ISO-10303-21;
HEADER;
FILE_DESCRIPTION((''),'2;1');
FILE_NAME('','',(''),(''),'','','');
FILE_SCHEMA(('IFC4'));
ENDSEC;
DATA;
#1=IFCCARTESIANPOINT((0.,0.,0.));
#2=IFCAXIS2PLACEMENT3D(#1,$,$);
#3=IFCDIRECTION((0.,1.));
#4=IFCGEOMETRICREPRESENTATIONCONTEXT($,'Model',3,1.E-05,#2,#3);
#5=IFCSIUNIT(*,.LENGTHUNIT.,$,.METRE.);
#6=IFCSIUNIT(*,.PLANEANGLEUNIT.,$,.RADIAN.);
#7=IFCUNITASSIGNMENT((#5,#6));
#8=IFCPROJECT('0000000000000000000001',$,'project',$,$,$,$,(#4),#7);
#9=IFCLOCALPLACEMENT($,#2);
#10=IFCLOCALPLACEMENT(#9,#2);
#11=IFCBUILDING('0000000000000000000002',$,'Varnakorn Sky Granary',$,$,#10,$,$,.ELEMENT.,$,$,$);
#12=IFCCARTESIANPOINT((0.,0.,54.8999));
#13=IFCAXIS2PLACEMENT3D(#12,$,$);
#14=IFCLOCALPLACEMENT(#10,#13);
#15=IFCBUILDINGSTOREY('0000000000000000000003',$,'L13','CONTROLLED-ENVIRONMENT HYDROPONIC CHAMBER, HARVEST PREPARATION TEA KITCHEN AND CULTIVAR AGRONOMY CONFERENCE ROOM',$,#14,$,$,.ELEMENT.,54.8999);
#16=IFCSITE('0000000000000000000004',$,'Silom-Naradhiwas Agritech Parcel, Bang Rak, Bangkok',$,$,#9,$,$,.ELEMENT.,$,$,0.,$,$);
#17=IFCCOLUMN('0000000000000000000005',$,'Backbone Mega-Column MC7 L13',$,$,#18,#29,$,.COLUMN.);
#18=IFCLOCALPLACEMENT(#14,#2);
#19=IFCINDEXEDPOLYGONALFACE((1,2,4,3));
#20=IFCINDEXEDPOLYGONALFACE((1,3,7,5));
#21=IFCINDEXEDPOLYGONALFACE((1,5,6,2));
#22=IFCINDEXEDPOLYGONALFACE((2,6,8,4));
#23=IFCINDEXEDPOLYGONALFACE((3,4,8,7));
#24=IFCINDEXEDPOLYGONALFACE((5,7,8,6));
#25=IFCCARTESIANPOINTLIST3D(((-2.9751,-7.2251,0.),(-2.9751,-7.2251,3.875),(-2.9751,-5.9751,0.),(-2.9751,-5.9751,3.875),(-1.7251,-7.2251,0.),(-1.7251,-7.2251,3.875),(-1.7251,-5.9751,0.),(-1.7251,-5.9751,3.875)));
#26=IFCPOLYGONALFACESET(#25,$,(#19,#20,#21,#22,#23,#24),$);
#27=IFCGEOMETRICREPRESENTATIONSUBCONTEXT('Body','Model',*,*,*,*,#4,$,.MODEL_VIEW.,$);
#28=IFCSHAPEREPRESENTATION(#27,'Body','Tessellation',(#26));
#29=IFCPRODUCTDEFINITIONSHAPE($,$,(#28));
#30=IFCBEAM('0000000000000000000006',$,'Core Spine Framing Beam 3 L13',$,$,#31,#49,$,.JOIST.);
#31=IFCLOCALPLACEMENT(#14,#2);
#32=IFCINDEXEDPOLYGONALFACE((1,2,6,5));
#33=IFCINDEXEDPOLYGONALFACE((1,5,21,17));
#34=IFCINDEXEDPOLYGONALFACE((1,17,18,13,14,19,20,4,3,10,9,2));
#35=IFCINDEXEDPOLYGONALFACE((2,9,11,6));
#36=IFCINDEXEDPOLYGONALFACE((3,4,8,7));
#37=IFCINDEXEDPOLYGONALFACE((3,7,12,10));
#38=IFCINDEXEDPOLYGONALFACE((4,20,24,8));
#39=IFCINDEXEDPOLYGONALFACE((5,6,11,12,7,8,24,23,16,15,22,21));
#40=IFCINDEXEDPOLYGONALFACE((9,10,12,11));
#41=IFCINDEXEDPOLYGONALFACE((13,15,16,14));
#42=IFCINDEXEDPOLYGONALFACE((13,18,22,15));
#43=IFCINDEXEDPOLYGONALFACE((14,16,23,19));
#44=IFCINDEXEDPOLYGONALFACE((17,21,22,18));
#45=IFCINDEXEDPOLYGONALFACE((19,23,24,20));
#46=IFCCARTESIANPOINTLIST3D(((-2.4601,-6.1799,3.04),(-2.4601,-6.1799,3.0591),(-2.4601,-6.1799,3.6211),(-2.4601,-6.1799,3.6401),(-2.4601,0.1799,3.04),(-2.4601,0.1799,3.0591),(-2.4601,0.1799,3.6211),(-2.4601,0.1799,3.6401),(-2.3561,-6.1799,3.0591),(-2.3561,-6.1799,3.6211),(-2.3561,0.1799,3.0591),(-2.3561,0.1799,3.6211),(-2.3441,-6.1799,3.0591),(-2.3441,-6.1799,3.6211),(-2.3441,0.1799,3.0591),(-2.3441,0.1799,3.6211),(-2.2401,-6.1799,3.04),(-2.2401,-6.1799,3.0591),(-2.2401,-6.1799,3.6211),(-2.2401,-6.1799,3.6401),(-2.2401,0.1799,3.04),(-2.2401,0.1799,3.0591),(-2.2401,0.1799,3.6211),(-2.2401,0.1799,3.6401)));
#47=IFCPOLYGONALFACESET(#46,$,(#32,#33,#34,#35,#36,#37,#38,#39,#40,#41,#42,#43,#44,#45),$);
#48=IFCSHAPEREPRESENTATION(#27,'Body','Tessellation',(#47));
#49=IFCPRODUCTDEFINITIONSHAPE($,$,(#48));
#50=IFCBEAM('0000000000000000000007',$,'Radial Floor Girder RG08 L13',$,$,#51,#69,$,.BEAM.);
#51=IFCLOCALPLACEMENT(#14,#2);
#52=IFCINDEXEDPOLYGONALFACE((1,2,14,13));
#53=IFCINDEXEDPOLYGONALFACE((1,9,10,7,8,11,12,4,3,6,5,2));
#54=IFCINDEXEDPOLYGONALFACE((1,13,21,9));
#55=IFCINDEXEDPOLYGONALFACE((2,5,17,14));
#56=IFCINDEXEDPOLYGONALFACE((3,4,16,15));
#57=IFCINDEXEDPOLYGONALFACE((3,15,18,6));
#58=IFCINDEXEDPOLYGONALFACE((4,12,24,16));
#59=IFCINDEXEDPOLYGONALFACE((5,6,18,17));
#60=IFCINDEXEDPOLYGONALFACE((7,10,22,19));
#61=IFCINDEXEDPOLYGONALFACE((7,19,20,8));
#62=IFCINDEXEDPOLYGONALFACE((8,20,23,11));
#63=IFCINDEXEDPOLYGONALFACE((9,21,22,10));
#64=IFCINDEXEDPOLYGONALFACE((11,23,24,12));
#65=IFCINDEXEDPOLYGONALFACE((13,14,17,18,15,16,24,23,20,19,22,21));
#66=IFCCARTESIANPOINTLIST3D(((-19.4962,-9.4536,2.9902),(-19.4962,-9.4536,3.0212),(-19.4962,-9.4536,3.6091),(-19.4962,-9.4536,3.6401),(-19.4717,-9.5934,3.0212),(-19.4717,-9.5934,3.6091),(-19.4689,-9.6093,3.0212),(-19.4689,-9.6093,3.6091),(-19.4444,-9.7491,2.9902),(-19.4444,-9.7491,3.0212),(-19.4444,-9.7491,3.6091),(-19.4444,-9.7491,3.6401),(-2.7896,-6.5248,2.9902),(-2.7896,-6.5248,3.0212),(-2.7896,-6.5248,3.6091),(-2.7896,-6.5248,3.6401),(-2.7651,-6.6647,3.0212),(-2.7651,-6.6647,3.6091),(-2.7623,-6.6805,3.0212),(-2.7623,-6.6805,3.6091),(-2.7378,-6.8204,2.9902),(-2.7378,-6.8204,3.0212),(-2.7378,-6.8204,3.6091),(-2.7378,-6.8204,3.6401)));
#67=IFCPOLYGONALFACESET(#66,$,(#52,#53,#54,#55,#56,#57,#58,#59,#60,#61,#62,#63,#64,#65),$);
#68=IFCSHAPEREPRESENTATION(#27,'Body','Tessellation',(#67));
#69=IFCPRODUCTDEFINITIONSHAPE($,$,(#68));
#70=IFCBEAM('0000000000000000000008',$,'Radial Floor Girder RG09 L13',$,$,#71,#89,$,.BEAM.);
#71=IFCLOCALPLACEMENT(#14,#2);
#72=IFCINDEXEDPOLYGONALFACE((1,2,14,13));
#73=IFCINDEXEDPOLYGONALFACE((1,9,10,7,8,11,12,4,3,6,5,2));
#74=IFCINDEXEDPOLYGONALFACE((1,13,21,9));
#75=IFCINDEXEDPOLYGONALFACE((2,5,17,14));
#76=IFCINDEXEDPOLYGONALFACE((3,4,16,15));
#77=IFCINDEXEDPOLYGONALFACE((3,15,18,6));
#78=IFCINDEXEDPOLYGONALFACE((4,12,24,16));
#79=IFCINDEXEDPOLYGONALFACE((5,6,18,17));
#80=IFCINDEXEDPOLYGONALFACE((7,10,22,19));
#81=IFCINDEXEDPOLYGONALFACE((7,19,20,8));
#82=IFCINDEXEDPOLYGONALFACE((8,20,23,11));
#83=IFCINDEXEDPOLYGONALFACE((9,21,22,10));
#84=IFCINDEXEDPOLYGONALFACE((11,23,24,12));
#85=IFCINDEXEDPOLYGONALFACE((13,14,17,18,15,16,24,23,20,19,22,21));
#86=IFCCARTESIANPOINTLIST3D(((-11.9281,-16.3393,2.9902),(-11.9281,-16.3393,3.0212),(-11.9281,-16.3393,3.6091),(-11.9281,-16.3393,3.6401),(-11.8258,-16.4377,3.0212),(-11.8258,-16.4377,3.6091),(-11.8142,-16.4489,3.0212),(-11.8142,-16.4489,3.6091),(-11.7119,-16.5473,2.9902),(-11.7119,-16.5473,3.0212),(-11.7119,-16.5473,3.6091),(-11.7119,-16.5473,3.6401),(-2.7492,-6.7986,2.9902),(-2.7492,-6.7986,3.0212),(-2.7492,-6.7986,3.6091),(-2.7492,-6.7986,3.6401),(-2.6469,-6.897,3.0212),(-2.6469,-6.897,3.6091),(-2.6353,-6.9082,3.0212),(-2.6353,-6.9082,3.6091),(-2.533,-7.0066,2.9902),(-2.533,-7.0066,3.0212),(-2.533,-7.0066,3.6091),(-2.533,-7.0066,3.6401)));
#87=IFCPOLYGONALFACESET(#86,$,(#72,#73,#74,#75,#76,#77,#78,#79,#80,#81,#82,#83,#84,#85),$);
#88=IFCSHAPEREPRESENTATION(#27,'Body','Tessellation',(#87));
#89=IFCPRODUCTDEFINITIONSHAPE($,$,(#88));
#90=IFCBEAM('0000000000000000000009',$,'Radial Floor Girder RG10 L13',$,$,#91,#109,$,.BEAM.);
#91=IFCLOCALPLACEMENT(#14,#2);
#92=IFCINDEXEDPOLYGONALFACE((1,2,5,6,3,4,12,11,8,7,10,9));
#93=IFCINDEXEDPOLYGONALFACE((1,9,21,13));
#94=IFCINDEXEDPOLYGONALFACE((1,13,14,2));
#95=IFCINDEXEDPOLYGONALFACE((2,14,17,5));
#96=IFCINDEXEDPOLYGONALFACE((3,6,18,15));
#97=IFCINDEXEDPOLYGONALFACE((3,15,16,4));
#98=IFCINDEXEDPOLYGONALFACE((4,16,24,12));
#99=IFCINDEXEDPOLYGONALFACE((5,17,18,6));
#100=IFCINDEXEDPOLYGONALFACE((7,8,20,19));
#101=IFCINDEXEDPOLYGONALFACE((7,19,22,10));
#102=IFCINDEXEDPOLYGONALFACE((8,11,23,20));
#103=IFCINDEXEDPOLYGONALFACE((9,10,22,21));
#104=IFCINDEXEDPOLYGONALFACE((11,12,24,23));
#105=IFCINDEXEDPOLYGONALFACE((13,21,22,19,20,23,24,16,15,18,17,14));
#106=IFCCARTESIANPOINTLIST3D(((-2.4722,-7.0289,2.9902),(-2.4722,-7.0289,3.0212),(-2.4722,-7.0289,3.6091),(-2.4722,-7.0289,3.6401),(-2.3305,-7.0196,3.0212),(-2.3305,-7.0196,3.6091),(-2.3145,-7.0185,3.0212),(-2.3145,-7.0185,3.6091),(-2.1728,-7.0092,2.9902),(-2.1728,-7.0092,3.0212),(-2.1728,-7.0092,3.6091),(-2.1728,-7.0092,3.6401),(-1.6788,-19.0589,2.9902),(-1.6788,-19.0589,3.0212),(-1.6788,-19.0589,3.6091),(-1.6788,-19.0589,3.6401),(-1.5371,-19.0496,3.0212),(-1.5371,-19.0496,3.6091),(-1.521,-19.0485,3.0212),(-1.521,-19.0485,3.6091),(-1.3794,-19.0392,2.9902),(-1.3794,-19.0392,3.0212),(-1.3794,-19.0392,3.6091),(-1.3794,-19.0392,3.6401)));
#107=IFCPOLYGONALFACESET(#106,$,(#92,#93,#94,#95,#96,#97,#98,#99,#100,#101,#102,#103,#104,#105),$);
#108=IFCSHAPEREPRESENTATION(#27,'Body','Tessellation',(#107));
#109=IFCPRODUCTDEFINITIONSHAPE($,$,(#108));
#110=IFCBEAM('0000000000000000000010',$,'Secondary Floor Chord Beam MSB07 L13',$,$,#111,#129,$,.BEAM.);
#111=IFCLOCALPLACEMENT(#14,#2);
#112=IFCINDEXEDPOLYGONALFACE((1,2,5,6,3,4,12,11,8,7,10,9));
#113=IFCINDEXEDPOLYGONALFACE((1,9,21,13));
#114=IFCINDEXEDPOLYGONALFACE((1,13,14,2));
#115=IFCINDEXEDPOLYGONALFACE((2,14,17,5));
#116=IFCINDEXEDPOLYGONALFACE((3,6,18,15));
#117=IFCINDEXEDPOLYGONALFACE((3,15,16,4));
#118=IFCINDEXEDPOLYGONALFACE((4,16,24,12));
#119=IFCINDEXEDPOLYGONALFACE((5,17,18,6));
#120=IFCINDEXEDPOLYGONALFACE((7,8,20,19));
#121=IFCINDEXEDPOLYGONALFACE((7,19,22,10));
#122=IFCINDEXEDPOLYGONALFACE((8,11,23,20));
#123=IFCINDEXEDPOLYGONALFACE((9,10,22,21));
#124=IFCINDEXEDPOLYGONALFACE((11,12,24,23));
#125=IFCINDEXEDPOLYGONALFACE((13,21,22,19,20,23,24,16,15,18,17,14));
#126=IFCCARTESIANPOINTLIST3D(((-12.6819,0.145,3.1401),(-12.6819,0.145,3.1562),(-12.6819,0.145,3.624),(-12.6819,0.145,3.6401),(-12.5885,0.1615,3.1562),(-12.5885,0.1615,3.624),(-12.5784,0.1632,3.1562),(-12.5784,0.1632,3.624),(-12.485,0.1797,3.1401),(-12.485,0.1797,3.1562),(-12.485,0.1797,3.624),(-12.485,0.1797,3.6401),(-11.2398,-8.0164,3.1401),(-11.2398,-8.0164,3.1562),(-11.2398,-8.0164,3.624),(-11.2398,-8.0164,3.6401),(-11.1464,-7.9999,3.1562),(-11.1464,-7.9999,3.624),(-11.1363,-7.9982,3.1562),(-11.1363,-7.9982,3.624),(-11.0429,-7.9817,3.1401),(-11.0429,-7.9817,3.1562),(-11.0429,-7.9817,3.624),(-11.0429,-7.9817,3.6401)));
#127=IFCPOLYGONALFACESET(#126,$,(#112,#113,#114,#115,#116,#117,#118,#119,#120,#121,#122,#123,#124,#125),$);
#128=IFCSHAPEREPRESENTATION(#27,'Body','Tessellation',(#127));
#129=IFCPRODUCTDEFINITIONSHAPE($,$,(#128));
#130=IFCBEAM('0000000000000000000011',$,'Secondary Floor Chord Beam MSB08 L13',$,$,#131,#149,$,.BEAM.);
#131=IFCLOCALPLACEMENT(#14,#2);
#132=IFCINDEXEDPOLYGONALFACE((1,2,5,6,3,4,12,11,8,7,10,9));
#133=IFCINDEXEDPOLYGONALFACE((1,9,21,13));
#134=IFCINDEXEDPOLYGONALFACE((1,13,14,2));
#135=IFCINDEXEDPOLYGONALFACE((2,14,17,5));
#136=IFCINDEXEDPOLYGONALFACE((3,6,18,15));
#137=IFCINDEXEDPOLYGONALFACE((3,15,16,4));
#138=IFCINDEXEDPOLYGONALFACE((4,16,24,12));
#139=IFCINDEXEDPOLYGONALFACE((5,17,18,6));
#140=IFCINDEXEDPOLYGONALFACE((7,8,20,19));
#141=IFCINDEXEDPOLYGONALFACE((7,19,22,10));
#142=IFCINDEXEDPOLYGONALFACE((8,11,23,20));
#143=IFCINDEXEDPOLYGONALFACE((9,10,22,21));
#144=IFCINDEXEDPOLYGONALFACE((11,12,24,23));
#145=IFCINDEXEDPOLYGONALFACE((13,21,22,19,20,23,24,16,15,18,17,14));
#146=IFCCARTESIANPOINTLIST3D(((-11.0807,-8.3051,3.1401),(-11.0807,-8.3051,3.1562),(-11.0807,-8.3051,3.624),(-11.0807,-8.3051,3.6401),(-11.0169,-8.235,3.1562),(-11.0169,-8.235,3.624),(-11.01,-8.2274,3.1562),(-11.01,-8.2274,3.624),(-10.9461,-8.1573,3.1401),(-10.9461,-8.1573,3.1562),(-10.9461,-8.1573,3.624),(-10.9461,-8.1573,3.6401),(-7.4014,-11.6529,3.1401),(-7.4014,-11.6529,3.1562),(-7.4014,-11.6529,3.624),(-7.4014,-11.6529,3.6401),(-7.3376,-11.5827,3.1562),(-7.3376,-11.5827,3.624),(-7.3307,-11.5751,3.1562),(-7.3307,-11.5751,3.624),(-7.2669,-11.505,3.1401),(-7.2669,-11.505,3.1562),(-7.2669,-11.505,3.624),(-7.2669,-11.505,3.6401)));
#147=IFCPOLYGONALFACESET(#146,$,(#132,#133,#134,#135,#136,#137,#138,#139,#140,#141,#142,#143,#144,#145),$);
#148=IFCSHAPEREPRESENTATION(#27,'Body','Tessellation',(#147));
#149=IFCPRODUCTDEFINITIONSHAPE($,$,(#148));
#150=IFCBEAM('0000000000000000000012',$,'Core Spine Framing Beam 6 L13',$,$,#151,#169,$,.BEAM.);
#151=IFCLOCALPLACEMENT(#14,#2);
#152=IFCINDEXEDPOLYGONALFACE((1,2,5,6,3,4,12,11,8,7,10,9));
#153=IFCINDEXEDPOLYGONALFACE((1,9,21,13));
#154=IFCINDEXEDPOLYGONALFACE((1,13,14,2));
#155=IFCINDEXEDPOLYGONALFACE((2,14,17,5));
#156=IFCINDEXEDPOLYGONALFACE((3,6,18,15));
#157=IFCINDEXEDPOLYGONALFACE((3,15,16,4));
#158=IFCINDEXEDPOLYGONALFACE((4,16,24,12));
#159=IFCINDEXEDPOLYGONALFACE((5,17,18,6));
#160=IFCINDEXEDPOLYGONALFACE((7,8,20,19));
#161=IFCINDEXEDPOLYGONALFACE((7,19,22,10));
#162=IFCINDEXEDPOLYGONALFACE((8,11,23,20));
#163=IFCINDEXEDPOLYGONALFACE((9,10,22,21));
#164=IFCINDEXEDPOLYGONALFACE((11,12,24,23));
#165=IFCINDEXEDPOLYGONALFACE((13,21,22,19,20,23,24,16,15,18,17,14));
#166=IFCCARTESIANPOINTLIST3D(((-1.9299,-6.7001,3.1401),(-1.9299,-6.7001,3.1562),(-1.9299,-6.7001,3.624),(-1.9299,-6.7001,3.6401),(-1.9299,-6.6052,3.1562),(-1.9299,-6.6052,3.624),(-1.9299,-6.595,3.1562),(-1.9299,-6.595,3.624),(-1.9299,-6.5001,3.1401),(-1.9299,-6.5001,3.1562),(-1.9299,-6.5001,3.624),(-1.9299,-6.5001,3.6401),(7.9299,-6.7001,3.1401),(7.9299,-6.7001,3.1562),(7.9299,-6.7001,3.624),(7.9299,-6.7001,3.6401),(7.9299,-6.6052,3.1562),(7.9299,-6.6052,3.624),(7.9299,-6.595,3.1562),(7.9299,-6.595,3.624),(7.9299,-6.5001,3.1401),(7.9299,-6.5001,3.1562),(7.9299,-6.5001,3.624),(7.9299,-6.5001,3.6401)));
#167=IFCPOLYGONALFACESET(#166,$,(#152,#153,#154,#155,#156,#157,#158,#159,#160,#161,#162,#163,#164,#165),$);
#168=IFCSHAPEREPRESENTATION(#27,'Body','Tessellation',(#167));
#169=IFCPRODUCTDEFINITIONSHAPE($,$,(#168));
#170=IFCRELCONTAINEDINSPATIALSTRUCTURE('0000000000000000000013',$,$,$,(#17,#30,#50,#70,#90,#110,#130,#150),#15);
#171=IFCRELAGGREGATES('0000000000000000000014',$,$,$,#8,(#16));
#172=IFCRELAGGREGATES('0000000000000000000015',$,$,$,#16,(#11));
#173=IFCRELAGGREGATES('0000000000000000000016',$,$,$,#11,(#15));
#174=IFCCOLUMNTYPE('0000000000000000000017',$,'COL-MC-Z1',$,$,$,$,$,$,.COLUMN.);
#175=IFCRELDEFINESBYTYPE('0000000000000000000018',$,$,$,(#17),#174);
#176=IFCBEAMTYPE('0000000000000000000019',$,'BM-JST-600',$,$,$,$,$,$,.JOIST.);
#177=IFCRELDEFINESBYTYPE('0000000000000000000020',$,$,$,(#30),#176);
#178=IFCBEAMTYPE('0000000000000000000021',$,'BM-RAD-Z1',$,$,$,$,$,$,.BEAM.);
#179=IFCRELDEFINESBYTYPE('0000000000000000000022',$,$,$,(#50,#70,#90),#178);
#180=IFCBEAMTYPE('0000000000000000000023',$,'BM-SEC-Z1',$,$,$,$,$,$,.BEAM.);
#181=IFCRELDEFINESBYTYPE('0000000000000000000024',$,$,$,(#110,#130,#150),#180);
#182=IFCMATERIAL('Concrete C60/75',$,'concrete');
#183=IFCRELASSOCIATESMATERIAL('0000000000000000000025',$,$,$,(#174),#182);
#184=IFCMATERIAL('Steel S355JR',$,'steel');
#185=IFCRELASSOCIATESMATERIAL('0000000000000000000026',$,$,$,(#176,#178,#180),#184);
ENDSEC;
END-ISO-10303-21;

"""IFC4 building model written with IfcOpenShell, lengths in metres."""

from ifc_helpers import new_model, si_unit, direction, frame, origin, origin_2d, place, context, subcontext, project, spatial, rectangle, i_section, extrude, material, material_profile, profile_set, type_object, element, save


model = new_model("IFC4")

# Units and contexts
model_context = context("Model", 3, precision=1e-05, world=origin(), true_north=direction((0.0, 1.0)))
body_context = subcontext(model_context, "Body", "Model", "MODEL_VIEW")
ifc_project = project(units=[si_unit("LENGTHUNIT", "METRE"), si_unit("PLANEANGLEUNIT", "RADIAN")], contexts=[model_context])

# Site, building, storey
site_placement = place(None, origin())
site = spatial("IfcSite", under=ifc_project, at=site_placement, Name="Silom-Naradhiwas Agritech Parcel, Bang Rak, Bangkok", CompositionType="ELEMENT", RefElevation=0.0)
building_placement = place(site_placement, origin())
building = spatial("IfcBuilding", under=site, at=building_placement, Name="Varnakorn Sky Granary", CompositionType="ELEMENT")
storey_placement = place(building_placement, frame((0.0, 0.0, 54.8999)))
storey = spatial("IfcBuildingStorey", under=building, at=storey_placement, Name="L13", Description="CONTROLLED-ENVIRONMENT HYDROPONIC CHAMBER, HARVEST PREPARATION TEA KITCHEN AND CULTIVAR AGRONOMY CONFERENCE ROOM", CompositionType="ELEMENT", Elevation=54.8999)

# Column
ifc_material_1 = material(Name="Concrete C60/75", Category="concrete")
ifc_material_profile_1 = material_profile(ifc_material_1, rectangle(XDim=1.25, YDim=1.25, at=origin_2d()), Name="RC 1250x1250")
ifc_profile_set_1 = profile_set([ifc_material_profile_1], Name="Concrete C60/75")
column_type = type_object("IfcColumnType", Name="COL-MC-Z1", PredefinedType="COLUMN", material=ifc_profile_set_1)
column_placement = place(storey_placement, frame((-2.3501, -6.6001, 0.0), z_axis=(0.0, 0.0, 1.0), x_axis=(1.0, 0.0, 0.0)))
element("IfcColumn", 1, at=column_placement, inside=storey, type_object=column_type, Name="Backbone Mega-Column MC7 L13", PredefinedType="COLUMN", context=body_context, shape_type="SweptSolid", body=[
    extrude(rectangle(XDim=1.25, YDim=1.25, at=origin_2d()), origin(), (0.0, 0.0, 1.0), 3.875),
])

# Beams
ifc_material_2 = material(Name="Steel S355JR", Category="steel")
ifc_material_profile_2 = material_profile(ifc_material_2, i_section(OverallWidth=0.22, OverallDepth=0.6001, WebThickness=0.012, FlangeThickness=0.019, at=origin_2d()), Name="IPE 600")
ifc_profile_set_2 = profile_set([ifc_material_profile_2], Name="Steel S355JR")
beam_type_1 = type_object("IfcBeamType", Name="BM-JST-600", PredefinedType="JOIST", material=ifc_profile_set_2)
beam_1_placement = place(storey_placement, frame((-2.3501, 0.1799, 3.3401), z_axis=(0.0, -1.0, 0.0), x_axis=(1.0, 0.0, 0.0)))
element("IfcBeam", 2, at=beam_1_placement, inside=storey, type_object=beam_type_1, Name="Core Spine Framing Beam 3 L13", PredefinedType="JOIST", context=body_context, shape_type="SweptSolid", body=[
    extrude(i_section(OverallWidth=0.22, OverallDepth=0.6001, WebThickness=0.012, FlangeThickness=0.019, at=origin_2d()), origin(), (0.0, 0.0, 1.0), 6.3599),
])
ifc_material_profile_3 = material_profile(ifc_material_2, i_section(OverallWidth=0.3, OverallDepth=0.6499, WebThickness=0.0161, FlangeThickness=0.031, at=origin_2d()), Name="HE 650 B")
ifc_profile_set_3 = profile_set([ifc_material_profile_3], Name="Steel S355JR")
beam_type_2 = type_object("IfcBeamType", Name="BM-RAD-Z1", PredefinedType="BEAM", material=ifc_profile_set_3)
beam_2_placement = place(storey_placement, frame((-2.7637, -6.6726, 3.3152), z_axis=(-0.98498, -0.17267, 0.0), x_axis=(0.17267, -0.98498, 0.0)))
element("IfcBeam", 3, at=beam_2_placement, inside=storey, type_object=beam_type_2, Name="Radial Floor Girder RG08 L13", PredefinedType="BEAM", context=body_context, shape_type="SweptSolid", body=[
    extrude(i_section(OverallWidth=0.3, OverallDepth=0.6499, WebThickness=0.0161, FlangeThickness=0.031, at=origin_2d()), origin(), (0.0, 0.0, 1.0), 16.9614),
])
beam_3_placement = place(storey_placement, frame((-2.6411, -6.9026, 3.3152), z_axis=(-0.69331, -0.720639, 0.0), x_axis=(0.720639, -0.69331, 0.0)))
element("IfcBeam", 4, at=beam_3_placement, inside=storey, type_object=beam_type_2, Name="Radial Floor Girder RG09 L13", PredefinedType="BEAM", context=body_context, shape_type="SweptSolid", body=[
    extrude(i_section(OverallWidth=0.3, OverallDepth=0.6499, WebThickness=0.0161, FlangeThickness=0.031, at=origin_2d()), origin(), (0.0, 0.0, 1.0), 13.2393),
])
beam_4_placement = place(storey_placement, frame((-2.3225, -7.019, 3.3152), z_axis=(0.065813, -0.997832, 0.0), x_axis=(0.997832, 0.065813, 0.0)))
element("IfcBeam", 5, at=beam_4_placement, inside=storey, type_object=beam_type_2, Name="Radial Floor Girder RG10 L13", PredefinedType="BEAM", context=body_context, shape_type="SweptSolid", body=[
    extrude(i_section(OverallWidth=0.3, OverallDepth=0.6499, WebThickness=0.0161, FlangeThickness=0.031, at=origin_2d()), origin(), (0.0, 0.0, 1.0), 12.0562),
])
ifc_material_profile_4 = material_profile(ifc_material_2, i_section(OverallWidth=0.2, OverallDepth=0.5, WebThickness=0.0103, FlangeThickness=0.0161, at=origin_2d()), Name="IPE 500")
ifc_profile_set_4 = profile_set([ifc_material_profile_4], Name="Steel S355JR")
beam_type_3 = type_object("IfcBeamType", Name="BM-SEC-Z1", PredefinedType="BEAM", material=ifc_profile_set_4)
beam_5_placement = place(storey_placement, frame((-12.5835, 0.1624, 3.3901), z_axis=(0.174007, -0.984744, 0.0), x_axis=(0.984744, 0.174007, 0.0)))
element("IfcBeam", 6, at=beam_5_placement, inside=storey, type_object=beam_type_3, Name="Secondary Floor Chord Beam MSB07 L13", PredefinedType="BEAM", context=body_context, shape_type="SweptSolid", body=[
    extrude(i_section(OverallWidth=0.2, OverallDepth=0.5, WebThickness=0.0103, FlangeThickness=0.0161, at=origin_2d()), origin(), (0.0, 0.0, 1.0), 8.2878),
])
beam_6_placement = place(storey_placement, frame((-11.0134, -8.2312, 3.3901), z_axis=(0.739647, -0.672995, 0.0), x_axis=(0.672995, 0.739647, 0.0)))
element("IfcBeam", 7, at=beam_6_placement, inside=storey, type_object=beam_type_3, Name="Secondary Floor Chord Beam MSB08 L13", PredefinedType="BEAM", context=body_context, shape_type="SweptSolid", body=[
    extrude(i_section(OverallWidth=0.2, OverallDepth=0.5, WebThickness=0.0103, FlangeThickness=0.0161, at=origin_2d()), origin(), (0.0, 0.0, 1.0), 4.9744),
])
beam_7_placement = place(storey_placement, frame((-1.9299, -6.6001, 3.3901), z_axis=(1.0, 0.0, 0.0), x_axis=(0.0, 1.0, 0.0)))
element("IfcBeam", 8, at=beam_7_placement, inside=storey, type_object=beam_type_3, Name="Core Spine Framing Beam 6 L13", PredefinedType="BEAM", context=body_context, shape_type="SweptSolid", body=[
    extrude(i_section(OverallWidth=0.2, OverallDepth=0.5, WebThickness=0.0103, FlangeThickness=0.0161, at=origin_2d()), origin(), (0.0, 0.0, 1.0), 9.8599),
])

save(model, "model.ifc")
